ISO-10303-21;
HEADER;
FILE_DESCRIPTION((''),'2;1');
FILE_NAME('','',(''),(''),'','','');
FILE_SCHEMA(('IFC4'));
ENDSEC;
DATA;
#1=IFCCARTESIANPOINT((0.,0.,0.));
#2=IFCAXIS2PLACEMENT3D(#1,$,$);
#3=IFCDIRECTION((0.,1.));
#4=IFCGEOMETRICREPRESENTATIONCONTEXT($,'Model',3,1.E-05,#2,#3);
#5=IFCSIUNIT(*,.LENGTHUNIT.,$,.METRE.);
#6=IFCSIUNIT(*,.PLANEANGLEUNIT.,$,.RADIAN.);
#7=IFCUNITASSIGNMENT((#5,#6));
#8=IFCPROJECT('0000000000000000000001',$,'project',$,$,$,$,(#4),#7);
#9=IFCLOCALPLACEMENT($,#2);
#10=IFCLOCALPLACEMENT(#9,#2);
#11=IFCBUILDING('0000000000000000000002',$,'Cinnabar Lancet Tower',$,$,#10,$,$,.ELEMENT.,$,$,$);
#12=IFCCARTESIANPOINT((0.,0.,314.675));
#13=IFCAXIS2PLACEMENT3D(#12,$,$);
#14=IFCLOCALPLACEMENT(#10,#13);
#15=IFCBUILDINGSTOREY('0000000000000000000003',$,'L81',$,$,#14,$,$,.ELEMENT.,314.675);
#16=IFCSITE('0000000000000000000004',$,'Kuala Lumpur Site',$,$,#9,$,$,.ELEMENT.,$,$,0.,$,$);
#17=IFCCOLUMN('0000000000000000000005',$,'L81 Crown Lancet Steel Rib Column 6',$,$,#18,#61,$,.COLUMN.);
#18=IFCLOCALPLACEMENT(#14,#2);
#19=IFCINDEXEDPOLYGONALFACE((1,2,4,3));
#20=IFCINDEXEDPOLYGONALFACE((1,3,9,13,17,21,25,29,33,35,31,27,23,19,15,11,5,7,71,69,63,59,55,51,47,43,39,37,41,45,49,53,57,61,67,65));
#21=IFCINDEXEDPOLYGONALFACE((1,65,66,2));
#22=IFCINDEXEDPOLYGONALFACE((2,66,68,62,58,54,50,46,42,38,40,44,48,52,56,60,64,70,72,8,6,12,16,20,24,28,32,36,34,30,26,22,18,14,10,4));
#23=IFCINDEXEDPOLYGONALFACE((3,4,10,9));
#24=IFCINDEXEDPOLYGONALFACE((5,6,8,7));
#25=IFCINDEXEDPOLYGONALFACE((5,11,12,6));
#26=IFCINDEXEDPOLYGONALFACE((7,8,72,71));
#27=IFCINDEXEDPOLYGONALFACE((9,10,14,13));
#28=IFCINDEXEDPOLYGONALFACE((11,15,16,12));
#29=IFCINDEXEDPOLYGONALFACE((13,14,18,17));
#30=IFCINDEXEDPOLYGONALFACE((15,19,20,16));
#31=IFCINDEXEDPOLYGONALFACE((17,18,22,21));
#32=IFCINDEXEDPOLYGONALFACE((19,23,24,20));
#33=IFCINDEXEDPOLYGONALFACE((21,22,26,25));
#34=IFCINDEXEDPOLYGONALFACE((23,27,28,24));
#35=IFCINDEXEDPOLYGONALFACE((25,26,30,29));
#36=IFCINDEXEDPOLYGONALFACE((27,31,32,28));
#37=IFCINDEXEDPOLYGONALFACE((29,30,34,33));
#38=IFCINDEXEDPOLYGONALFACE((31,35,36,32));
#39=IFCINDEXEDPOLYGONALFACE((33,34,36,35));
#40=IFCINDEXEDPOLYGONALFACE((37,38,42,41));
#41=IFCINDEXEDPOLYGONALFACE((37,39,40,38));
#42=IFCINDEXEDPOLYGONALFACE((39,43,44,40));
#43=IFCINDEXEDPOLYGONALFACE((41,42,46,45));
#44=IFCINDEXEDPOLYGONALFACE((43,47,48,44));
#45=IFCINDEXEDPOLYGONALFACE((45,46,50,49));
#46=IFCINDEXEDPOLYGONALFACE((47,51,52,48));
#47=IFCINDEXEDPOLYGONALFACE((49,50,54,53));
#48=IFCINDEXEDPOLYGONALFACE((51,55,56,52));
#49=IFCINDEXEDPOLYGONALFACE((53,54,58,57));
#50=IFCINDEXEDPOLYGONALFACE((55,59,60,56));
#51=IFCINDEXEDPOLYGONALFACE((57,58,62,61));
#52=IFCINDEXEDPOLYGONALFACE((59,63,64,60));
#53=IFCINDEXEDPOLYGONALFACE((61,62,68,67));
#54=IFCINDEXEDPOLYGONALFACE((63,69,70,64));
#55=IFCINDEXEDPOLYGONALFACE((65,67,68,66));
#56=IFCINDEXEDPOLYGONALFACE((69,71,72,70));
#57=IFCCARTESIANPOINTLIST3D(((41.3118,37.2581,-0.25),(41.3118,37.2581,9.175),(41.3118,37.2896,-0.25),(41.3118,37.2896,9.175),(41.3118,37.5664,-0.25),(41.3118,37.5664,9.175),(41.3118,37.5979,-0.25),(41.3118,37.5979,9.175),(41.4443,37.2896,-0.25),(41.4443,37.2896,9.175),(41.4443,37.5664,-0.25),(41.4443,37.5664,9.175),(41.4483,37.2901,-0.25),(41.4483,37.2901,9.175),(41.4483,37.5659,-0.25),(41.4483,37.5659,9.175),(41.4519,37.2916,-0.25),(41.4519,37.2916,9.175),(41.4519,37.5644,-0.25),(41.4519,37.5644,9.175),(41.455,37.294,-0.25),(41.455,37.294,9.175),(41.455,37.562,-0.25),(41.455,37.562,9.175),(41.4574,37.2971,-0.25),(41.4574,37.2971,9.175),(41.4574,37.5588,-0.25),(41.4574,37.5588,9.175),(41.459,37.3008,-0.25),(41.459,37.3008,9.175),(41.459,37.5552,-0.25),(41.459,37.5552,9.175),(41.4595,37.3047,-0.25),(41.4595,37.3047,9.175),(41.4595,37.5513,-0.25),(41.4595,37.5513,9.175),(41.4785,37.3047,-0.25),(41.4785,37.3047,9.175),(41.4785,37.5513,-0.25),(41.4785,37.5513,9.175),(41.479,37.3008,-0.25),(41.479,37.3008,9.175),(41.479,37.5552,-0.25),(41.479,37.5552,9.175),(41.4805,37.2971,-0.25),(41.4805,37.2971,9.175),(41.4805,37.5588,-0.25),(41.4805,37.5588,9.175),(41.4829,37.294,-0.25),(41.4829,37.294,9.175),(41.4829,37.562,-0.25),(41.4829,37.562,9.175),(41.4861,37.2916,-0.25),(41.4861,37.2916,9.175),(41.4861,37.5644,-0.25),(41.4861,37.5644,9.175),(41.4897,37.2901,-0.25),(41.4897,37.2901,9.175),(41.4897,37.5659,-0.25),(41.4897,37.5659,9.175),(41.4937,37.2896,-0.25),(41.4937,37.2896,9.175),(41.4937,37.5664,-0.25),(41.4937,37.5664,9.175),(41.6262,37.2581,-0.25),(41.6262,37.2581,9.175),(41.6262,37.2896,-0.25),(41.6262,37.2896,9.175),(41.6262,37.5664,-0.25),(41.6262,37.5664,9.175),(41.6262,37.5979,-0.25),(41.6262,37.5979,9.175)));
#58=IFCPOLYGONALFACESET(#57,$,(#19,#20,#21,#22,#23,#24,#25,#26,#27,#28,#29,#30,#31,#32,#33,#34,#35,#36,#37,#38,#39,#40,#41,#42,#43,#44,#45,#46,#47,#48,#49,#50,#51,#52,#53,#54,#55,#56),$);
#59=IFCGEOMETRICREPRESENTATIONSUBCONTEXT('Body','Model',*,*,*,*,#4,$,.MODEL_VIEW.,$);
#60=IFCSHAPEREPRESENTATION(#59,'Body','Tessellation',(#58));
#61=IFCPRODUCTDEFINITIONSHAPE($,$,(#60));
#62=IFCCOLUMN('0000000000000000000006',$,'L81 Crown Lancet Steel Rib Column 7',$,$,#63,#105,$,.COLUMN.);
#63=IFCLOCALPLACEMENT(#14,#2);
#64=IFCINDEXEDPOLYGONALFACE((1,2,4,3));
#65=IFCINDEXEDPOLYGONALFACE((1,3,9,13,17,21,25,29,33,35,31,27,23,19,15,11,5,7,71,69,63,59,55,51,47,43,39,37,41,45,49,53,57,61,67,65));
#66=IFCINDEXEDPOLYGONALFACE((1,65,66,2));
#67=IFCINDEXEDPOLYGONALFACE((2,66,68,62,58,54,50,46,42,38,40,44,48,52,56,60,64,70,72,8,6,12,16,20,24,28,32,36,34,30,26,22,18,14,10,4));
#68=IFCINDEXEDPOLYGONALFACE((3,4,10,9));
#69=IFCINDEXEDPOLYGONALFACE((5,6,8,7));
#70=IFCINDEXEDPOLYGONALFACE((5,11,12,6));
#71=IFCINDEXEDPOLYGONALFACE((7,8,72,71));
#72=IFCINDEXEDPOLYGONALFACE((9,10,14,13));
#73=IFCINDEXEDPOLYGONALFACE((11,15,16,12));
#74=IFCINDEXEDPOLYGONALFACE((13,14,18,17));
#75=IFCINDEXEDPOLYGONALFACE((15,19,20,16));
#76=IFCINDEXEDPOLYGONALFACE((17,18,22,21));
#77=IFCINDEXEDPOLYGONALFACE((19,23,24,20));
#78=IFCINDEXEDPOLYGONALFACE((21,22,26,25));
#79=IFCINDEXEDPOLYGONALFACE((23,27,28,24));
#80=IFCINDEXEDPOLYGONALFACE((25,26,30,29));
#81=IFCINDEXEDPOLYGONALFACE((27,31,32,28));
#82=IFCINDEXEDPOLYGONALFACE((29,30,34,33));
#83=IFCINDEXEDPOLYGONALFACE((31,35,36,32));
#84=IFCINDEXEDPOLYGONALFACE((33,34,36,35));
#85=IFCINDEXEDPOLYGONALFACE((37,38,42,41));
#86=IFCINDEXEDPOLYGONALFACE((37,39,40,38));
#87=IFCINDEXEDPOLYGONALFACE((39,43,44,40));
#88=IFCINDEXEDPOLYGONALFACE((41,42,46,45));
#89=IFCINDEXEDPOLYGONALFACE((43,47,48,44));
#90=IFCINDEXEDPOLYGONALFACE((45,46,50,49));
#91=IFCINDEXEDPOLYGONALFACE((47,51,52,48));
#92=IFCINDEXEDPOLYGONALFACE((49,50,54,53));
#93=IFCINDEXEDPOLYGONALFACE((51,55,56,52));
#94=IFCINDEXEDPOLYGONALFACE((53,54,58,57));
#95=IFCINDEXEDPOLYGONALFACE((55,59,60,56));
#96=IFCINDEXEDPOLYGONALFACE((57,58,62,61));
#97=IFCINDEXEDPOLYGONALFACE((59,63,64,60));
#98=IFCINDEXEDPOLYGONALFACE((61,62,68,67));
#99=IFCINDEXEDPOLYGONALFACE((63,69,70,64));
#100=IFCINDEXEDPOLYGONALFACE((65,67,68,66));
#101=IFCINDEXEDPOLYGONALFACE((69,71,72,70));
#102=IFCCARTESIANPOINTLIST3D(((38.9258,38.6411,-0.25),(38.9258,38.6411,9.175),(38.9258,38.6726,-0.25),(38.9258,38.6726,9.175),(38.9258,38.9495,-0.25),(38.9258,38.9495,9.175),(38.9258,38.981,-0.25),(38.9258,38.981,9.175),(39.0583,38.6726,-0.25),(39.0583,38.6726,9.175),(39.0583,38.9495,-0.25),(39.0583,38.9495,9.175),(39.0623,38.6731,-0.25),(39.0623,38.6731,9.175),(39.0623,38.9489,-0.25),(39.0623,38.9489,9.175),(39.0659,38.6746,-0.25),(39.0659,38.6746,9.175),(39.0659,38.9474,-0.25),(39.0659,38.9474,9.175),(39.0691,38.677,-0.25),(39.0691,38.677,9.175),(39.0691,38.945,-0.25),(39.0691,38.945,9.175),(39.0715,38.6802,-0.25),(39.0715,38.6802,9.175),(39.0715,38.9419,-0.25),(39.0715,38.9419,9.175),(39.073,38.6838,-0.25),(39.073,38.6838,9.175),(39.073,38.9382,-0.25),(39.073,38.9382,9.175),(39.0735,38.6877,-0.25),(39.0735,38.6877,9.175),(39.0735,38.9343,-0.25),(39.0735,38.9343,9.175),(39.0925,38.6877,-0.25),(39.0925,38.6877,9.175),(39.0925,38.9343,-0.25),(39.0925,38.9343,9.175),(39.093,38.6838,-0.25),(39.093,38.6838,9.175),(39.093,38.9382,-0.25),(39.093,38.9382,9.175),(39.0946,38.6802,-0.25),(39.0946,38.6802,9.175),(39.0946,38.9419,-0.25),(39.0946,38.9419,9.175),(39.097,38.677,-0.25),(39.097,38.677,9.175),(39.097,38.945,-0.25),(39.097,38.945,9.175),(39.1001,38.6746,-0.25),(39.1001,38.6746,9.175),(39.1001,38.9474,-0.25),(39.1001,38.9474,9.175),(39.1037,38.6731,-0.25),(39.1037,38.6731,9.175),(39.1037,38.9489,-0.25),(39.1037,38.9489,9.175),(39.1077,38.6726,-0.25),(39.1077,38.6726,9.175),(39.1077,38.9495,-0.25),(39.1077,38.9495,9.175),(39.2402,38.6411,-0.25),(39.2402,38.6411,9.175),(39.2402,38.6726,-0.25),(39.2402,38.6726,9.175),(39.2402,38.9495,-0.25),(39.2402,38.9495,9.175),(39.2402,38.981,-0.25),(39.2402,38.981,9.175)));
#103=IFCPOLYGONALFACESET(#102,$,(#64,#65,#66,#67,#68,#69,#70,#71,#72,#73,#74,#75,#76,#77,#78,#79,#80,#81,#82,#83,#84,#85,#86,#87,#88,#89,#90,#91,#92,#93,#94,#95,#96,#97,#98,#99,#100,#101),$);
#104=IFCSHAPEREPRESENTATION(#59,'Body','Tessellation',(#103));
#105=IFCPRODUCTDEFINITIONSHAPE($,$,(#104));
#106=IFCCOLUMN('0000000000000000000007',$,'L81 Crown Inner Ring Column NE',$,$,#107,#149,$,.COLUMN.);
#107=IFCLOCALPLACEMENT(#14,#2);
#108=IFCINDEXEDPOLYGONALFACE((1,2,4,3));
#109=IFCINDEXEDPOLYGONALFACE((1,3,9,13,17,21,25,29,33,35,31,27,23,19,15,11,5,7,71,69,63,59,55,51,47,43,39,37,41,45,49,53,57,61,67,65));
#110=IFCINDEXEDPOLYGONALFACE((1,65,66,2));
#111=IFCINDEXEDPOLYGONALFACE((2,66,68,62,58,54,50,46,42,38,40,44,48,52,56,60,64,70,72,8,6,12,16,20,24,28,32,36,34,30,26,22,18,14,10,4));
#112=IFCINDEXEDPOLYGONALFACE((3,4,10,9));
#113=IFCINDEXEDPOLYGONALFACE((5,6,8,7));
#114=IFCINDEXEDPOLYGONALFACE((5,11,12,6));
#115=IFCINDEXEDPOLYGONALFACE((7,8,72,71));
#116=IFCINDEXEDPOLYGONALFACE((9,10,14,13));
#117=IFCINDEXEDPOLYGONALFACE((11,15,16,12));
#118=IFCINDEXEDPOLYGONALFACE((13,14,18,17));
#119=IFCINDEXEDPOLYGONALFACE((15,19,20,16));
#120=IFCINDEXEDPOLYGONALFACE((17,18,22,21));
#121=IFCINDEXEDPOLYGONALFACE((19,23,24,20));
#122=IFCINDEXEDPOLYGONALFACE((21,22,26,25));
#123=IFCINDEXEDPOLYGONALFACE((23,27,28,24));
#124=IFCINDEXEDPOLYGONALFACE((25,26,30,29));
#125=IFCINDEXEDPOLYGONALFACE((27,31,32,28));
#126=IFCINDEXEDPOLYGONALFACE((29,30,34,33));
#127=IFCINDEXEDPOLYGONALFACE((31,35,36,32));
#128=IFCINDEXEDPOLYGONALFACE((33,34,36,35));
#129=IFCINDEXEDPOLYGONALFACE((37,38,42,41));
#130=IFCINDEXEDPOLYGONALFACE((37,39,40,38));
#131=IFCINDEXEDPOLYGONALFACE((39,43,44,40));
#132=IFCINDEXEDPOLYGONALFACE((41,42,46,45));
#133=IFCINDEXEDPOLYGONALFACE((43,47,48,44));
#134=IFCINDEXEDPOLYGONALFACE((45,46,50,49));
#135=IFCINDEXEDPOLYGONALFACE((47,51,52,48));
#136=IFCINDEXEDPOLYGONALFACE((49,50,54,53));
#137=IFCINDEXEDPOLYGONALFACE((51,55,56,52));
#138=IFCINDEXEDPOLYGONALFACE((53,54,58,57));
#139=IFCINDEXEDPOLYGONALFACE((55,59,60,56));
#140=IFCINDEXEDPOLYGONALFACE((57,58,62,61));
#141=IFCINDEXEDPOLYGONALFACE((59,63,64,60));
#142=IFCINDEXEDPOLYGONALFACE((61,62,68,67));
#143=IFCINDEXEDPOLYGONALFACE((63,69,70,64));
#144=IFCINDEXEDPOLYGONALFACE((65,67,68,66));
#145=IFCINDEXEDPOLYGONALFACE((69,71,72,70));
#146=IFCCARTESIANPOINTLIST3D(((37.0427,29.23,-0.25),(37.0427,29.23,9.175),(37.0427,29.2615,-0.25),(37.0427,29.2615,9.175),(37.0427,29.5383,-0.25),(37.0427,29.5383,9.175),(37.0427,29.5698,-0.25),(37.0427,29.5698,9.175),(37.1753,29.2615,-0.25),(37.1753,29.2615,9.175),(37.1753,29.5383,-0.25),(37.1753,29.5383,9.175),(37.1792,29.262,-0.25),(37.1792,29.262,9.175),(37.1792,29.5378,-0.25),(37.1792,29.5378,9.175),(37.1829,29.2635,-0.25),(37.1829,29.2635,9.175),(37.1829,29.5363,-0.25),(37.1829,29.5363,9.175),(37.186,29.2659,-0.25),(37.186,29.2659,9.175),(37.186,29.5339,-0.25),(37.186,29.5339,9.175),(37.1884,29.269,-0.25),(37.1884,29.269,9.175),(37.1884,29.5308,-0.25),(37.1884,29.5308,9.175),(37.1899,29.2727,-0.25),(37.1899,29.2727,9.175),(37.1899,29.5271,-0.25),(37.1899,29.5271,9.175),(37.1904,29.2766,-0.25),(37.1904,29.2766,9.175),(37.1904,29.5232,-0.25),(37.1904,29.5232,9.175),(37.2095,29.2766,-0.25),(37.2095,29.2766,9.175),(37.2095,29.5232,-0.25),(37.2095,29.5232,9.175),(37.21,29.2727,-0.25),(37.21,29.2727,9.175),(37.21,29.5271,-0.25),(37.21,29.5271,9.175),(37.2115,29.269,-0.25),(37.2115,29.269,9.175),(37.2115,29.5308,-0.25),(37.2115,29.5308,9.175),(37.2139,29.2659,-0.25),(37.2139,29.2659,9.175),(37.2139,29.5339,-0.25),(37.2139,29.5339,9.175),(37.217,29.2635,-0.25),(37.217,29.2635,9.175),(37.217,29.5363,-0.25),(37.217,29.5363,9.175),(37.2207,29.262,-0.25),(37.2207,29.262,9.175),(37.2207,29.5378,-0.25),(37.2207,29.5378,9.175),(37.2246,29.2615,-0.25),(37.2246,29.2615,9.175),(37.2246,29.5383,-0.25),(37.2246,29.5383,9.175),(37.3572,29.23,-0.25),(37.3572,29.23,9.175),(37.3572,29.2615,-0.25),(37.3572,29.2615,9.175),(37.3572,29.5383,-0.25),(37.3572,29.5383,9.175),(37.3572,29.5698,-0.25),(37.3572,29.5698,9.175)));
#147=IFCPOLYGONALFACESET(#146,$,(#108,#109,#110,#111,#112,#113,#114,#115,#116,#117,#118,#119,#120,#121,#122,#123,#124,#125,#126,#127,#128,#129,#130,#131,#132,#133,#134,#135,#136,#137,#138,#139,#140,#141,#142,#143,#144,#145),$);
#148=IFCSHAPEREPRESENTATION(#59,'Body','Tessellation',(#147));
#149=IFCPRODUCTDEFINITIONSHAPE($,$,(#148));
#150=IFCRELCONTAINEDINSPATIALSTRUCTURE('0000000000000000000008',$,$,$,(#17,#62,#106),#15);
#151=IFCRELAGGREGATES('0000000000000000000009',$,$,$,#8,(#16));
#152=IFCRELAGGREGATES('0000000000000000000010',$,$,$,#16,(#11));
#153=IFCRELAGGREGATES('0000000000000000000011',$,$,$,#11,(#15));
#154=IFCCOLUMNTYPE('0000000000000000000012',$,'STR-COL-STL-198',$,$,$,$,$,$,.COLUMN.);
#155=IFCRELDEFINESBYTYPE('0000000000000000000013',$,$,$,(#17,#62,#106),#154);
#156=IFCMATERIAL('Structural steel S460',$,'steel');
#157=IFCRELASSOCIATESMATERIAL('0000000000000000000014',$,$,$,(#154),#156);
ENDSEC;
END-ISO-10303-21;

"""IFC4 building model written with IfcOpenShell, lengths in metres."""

from ifc_helpers import new_model, si_unit, direction, frame, origin, origin_2d, place, context, subcontext, project, spatial, i_section, extrude, material, material_profile, profile_set, type_object, element, save


model = new_model("IFC4")

# Units and contexts
model_context = context("Model", 3, precision=1e-05, world=origin(), true_north=direction((0.0, 1.0)))
body_context = subcontext(model_context, "Body", "Model", "MODEL_VIEW")
ifc_project = project(units=[si_unit("LENGTHUNIT", "METRE"), si_unit("PLANEANGLEUNIT", "RADIAN")], contexts=[model_context])

# Site, building, storey
site_placement = place(None, origin())
site = spatial("IfcSite", under=ifc_project, at=site_placement, Name="Kuala Lumpur Site", CompositionType="ELEMENT", RefElevation=0.0)
building_placement = place(site_placement, origin())
building = spatial("IfcBuilding", under=site, at=building_placement, Name="Cinnabar Lancet Tower", CompositionType="ELEMENT")
storey_placement = place(building_placement, frame((0.0, 0.0, 314.675)))
storey = spatial("IfcBuildingStorey", under=building, at=storey_placement, Name="L81", CompositionType="ELEMENT", Elevation=314.675)

# Columns
ifc_material_1 = material(Name="Structural steel S460", Category="steel")
ifc_material_profile_1 = material_profile(ifc_material_1, i_section(OverallWidth=0.3145, OverallDepth=0.3398, WebThickness=0.019, FlangeThickness=0.0315, FilletRadius=0.0151, at=origin_2d()), Name="UKC 305x305x198")
ifc_profile_set_1 = profile_set([ifc_material_profile_1], Name="Structural steel S460")
column_type = type_object("IfcColumnType", Name="STR-COL-STL-198", PredefinedType="COLUMN", material=ifc_profile_set_1)
for number, where, z_axis, x_axis, name in (
    (1, (41.469, 37.428, -0.25), (0.0, 0.0, 1.0), (1.0, 0.0, 0.0), "L81 Crown Lancet Steel Rib Column 6"),
    (2, (39.083, 38.811, -0.25), (0.0, 0.0, 1.0), (1.0, 0.0, 0.0), "L81 Crown Lancet Steel Rib Column 7"),
    (3, (37.2, 29.3999, -0.25), (0.0, 0.0, 1.0), (1.0, 0.0, 0.0), "L81 Crown Inner Ring Column NE"),
):
    element("IfcColumn", number, at=place(storey_placement, frame(where, z_axis=z_axis, x_axis=x_axis)), inside=storey, type_object=column_type, Name=name, PredefinedType="COLUMN", context=body_context, shape_type="SweptSolid", body=[
        extrude(i_section(OverallWidth=0.3145, OverallDepth=0.3398, WebThickness=0.019, FlangeThickness=0.0315, FilletRadius=0.0151, at=origin_2d()), origin(), (0.0, 0.0, 1.0), 9.425),
    ])

save(model, "model.ifc")
